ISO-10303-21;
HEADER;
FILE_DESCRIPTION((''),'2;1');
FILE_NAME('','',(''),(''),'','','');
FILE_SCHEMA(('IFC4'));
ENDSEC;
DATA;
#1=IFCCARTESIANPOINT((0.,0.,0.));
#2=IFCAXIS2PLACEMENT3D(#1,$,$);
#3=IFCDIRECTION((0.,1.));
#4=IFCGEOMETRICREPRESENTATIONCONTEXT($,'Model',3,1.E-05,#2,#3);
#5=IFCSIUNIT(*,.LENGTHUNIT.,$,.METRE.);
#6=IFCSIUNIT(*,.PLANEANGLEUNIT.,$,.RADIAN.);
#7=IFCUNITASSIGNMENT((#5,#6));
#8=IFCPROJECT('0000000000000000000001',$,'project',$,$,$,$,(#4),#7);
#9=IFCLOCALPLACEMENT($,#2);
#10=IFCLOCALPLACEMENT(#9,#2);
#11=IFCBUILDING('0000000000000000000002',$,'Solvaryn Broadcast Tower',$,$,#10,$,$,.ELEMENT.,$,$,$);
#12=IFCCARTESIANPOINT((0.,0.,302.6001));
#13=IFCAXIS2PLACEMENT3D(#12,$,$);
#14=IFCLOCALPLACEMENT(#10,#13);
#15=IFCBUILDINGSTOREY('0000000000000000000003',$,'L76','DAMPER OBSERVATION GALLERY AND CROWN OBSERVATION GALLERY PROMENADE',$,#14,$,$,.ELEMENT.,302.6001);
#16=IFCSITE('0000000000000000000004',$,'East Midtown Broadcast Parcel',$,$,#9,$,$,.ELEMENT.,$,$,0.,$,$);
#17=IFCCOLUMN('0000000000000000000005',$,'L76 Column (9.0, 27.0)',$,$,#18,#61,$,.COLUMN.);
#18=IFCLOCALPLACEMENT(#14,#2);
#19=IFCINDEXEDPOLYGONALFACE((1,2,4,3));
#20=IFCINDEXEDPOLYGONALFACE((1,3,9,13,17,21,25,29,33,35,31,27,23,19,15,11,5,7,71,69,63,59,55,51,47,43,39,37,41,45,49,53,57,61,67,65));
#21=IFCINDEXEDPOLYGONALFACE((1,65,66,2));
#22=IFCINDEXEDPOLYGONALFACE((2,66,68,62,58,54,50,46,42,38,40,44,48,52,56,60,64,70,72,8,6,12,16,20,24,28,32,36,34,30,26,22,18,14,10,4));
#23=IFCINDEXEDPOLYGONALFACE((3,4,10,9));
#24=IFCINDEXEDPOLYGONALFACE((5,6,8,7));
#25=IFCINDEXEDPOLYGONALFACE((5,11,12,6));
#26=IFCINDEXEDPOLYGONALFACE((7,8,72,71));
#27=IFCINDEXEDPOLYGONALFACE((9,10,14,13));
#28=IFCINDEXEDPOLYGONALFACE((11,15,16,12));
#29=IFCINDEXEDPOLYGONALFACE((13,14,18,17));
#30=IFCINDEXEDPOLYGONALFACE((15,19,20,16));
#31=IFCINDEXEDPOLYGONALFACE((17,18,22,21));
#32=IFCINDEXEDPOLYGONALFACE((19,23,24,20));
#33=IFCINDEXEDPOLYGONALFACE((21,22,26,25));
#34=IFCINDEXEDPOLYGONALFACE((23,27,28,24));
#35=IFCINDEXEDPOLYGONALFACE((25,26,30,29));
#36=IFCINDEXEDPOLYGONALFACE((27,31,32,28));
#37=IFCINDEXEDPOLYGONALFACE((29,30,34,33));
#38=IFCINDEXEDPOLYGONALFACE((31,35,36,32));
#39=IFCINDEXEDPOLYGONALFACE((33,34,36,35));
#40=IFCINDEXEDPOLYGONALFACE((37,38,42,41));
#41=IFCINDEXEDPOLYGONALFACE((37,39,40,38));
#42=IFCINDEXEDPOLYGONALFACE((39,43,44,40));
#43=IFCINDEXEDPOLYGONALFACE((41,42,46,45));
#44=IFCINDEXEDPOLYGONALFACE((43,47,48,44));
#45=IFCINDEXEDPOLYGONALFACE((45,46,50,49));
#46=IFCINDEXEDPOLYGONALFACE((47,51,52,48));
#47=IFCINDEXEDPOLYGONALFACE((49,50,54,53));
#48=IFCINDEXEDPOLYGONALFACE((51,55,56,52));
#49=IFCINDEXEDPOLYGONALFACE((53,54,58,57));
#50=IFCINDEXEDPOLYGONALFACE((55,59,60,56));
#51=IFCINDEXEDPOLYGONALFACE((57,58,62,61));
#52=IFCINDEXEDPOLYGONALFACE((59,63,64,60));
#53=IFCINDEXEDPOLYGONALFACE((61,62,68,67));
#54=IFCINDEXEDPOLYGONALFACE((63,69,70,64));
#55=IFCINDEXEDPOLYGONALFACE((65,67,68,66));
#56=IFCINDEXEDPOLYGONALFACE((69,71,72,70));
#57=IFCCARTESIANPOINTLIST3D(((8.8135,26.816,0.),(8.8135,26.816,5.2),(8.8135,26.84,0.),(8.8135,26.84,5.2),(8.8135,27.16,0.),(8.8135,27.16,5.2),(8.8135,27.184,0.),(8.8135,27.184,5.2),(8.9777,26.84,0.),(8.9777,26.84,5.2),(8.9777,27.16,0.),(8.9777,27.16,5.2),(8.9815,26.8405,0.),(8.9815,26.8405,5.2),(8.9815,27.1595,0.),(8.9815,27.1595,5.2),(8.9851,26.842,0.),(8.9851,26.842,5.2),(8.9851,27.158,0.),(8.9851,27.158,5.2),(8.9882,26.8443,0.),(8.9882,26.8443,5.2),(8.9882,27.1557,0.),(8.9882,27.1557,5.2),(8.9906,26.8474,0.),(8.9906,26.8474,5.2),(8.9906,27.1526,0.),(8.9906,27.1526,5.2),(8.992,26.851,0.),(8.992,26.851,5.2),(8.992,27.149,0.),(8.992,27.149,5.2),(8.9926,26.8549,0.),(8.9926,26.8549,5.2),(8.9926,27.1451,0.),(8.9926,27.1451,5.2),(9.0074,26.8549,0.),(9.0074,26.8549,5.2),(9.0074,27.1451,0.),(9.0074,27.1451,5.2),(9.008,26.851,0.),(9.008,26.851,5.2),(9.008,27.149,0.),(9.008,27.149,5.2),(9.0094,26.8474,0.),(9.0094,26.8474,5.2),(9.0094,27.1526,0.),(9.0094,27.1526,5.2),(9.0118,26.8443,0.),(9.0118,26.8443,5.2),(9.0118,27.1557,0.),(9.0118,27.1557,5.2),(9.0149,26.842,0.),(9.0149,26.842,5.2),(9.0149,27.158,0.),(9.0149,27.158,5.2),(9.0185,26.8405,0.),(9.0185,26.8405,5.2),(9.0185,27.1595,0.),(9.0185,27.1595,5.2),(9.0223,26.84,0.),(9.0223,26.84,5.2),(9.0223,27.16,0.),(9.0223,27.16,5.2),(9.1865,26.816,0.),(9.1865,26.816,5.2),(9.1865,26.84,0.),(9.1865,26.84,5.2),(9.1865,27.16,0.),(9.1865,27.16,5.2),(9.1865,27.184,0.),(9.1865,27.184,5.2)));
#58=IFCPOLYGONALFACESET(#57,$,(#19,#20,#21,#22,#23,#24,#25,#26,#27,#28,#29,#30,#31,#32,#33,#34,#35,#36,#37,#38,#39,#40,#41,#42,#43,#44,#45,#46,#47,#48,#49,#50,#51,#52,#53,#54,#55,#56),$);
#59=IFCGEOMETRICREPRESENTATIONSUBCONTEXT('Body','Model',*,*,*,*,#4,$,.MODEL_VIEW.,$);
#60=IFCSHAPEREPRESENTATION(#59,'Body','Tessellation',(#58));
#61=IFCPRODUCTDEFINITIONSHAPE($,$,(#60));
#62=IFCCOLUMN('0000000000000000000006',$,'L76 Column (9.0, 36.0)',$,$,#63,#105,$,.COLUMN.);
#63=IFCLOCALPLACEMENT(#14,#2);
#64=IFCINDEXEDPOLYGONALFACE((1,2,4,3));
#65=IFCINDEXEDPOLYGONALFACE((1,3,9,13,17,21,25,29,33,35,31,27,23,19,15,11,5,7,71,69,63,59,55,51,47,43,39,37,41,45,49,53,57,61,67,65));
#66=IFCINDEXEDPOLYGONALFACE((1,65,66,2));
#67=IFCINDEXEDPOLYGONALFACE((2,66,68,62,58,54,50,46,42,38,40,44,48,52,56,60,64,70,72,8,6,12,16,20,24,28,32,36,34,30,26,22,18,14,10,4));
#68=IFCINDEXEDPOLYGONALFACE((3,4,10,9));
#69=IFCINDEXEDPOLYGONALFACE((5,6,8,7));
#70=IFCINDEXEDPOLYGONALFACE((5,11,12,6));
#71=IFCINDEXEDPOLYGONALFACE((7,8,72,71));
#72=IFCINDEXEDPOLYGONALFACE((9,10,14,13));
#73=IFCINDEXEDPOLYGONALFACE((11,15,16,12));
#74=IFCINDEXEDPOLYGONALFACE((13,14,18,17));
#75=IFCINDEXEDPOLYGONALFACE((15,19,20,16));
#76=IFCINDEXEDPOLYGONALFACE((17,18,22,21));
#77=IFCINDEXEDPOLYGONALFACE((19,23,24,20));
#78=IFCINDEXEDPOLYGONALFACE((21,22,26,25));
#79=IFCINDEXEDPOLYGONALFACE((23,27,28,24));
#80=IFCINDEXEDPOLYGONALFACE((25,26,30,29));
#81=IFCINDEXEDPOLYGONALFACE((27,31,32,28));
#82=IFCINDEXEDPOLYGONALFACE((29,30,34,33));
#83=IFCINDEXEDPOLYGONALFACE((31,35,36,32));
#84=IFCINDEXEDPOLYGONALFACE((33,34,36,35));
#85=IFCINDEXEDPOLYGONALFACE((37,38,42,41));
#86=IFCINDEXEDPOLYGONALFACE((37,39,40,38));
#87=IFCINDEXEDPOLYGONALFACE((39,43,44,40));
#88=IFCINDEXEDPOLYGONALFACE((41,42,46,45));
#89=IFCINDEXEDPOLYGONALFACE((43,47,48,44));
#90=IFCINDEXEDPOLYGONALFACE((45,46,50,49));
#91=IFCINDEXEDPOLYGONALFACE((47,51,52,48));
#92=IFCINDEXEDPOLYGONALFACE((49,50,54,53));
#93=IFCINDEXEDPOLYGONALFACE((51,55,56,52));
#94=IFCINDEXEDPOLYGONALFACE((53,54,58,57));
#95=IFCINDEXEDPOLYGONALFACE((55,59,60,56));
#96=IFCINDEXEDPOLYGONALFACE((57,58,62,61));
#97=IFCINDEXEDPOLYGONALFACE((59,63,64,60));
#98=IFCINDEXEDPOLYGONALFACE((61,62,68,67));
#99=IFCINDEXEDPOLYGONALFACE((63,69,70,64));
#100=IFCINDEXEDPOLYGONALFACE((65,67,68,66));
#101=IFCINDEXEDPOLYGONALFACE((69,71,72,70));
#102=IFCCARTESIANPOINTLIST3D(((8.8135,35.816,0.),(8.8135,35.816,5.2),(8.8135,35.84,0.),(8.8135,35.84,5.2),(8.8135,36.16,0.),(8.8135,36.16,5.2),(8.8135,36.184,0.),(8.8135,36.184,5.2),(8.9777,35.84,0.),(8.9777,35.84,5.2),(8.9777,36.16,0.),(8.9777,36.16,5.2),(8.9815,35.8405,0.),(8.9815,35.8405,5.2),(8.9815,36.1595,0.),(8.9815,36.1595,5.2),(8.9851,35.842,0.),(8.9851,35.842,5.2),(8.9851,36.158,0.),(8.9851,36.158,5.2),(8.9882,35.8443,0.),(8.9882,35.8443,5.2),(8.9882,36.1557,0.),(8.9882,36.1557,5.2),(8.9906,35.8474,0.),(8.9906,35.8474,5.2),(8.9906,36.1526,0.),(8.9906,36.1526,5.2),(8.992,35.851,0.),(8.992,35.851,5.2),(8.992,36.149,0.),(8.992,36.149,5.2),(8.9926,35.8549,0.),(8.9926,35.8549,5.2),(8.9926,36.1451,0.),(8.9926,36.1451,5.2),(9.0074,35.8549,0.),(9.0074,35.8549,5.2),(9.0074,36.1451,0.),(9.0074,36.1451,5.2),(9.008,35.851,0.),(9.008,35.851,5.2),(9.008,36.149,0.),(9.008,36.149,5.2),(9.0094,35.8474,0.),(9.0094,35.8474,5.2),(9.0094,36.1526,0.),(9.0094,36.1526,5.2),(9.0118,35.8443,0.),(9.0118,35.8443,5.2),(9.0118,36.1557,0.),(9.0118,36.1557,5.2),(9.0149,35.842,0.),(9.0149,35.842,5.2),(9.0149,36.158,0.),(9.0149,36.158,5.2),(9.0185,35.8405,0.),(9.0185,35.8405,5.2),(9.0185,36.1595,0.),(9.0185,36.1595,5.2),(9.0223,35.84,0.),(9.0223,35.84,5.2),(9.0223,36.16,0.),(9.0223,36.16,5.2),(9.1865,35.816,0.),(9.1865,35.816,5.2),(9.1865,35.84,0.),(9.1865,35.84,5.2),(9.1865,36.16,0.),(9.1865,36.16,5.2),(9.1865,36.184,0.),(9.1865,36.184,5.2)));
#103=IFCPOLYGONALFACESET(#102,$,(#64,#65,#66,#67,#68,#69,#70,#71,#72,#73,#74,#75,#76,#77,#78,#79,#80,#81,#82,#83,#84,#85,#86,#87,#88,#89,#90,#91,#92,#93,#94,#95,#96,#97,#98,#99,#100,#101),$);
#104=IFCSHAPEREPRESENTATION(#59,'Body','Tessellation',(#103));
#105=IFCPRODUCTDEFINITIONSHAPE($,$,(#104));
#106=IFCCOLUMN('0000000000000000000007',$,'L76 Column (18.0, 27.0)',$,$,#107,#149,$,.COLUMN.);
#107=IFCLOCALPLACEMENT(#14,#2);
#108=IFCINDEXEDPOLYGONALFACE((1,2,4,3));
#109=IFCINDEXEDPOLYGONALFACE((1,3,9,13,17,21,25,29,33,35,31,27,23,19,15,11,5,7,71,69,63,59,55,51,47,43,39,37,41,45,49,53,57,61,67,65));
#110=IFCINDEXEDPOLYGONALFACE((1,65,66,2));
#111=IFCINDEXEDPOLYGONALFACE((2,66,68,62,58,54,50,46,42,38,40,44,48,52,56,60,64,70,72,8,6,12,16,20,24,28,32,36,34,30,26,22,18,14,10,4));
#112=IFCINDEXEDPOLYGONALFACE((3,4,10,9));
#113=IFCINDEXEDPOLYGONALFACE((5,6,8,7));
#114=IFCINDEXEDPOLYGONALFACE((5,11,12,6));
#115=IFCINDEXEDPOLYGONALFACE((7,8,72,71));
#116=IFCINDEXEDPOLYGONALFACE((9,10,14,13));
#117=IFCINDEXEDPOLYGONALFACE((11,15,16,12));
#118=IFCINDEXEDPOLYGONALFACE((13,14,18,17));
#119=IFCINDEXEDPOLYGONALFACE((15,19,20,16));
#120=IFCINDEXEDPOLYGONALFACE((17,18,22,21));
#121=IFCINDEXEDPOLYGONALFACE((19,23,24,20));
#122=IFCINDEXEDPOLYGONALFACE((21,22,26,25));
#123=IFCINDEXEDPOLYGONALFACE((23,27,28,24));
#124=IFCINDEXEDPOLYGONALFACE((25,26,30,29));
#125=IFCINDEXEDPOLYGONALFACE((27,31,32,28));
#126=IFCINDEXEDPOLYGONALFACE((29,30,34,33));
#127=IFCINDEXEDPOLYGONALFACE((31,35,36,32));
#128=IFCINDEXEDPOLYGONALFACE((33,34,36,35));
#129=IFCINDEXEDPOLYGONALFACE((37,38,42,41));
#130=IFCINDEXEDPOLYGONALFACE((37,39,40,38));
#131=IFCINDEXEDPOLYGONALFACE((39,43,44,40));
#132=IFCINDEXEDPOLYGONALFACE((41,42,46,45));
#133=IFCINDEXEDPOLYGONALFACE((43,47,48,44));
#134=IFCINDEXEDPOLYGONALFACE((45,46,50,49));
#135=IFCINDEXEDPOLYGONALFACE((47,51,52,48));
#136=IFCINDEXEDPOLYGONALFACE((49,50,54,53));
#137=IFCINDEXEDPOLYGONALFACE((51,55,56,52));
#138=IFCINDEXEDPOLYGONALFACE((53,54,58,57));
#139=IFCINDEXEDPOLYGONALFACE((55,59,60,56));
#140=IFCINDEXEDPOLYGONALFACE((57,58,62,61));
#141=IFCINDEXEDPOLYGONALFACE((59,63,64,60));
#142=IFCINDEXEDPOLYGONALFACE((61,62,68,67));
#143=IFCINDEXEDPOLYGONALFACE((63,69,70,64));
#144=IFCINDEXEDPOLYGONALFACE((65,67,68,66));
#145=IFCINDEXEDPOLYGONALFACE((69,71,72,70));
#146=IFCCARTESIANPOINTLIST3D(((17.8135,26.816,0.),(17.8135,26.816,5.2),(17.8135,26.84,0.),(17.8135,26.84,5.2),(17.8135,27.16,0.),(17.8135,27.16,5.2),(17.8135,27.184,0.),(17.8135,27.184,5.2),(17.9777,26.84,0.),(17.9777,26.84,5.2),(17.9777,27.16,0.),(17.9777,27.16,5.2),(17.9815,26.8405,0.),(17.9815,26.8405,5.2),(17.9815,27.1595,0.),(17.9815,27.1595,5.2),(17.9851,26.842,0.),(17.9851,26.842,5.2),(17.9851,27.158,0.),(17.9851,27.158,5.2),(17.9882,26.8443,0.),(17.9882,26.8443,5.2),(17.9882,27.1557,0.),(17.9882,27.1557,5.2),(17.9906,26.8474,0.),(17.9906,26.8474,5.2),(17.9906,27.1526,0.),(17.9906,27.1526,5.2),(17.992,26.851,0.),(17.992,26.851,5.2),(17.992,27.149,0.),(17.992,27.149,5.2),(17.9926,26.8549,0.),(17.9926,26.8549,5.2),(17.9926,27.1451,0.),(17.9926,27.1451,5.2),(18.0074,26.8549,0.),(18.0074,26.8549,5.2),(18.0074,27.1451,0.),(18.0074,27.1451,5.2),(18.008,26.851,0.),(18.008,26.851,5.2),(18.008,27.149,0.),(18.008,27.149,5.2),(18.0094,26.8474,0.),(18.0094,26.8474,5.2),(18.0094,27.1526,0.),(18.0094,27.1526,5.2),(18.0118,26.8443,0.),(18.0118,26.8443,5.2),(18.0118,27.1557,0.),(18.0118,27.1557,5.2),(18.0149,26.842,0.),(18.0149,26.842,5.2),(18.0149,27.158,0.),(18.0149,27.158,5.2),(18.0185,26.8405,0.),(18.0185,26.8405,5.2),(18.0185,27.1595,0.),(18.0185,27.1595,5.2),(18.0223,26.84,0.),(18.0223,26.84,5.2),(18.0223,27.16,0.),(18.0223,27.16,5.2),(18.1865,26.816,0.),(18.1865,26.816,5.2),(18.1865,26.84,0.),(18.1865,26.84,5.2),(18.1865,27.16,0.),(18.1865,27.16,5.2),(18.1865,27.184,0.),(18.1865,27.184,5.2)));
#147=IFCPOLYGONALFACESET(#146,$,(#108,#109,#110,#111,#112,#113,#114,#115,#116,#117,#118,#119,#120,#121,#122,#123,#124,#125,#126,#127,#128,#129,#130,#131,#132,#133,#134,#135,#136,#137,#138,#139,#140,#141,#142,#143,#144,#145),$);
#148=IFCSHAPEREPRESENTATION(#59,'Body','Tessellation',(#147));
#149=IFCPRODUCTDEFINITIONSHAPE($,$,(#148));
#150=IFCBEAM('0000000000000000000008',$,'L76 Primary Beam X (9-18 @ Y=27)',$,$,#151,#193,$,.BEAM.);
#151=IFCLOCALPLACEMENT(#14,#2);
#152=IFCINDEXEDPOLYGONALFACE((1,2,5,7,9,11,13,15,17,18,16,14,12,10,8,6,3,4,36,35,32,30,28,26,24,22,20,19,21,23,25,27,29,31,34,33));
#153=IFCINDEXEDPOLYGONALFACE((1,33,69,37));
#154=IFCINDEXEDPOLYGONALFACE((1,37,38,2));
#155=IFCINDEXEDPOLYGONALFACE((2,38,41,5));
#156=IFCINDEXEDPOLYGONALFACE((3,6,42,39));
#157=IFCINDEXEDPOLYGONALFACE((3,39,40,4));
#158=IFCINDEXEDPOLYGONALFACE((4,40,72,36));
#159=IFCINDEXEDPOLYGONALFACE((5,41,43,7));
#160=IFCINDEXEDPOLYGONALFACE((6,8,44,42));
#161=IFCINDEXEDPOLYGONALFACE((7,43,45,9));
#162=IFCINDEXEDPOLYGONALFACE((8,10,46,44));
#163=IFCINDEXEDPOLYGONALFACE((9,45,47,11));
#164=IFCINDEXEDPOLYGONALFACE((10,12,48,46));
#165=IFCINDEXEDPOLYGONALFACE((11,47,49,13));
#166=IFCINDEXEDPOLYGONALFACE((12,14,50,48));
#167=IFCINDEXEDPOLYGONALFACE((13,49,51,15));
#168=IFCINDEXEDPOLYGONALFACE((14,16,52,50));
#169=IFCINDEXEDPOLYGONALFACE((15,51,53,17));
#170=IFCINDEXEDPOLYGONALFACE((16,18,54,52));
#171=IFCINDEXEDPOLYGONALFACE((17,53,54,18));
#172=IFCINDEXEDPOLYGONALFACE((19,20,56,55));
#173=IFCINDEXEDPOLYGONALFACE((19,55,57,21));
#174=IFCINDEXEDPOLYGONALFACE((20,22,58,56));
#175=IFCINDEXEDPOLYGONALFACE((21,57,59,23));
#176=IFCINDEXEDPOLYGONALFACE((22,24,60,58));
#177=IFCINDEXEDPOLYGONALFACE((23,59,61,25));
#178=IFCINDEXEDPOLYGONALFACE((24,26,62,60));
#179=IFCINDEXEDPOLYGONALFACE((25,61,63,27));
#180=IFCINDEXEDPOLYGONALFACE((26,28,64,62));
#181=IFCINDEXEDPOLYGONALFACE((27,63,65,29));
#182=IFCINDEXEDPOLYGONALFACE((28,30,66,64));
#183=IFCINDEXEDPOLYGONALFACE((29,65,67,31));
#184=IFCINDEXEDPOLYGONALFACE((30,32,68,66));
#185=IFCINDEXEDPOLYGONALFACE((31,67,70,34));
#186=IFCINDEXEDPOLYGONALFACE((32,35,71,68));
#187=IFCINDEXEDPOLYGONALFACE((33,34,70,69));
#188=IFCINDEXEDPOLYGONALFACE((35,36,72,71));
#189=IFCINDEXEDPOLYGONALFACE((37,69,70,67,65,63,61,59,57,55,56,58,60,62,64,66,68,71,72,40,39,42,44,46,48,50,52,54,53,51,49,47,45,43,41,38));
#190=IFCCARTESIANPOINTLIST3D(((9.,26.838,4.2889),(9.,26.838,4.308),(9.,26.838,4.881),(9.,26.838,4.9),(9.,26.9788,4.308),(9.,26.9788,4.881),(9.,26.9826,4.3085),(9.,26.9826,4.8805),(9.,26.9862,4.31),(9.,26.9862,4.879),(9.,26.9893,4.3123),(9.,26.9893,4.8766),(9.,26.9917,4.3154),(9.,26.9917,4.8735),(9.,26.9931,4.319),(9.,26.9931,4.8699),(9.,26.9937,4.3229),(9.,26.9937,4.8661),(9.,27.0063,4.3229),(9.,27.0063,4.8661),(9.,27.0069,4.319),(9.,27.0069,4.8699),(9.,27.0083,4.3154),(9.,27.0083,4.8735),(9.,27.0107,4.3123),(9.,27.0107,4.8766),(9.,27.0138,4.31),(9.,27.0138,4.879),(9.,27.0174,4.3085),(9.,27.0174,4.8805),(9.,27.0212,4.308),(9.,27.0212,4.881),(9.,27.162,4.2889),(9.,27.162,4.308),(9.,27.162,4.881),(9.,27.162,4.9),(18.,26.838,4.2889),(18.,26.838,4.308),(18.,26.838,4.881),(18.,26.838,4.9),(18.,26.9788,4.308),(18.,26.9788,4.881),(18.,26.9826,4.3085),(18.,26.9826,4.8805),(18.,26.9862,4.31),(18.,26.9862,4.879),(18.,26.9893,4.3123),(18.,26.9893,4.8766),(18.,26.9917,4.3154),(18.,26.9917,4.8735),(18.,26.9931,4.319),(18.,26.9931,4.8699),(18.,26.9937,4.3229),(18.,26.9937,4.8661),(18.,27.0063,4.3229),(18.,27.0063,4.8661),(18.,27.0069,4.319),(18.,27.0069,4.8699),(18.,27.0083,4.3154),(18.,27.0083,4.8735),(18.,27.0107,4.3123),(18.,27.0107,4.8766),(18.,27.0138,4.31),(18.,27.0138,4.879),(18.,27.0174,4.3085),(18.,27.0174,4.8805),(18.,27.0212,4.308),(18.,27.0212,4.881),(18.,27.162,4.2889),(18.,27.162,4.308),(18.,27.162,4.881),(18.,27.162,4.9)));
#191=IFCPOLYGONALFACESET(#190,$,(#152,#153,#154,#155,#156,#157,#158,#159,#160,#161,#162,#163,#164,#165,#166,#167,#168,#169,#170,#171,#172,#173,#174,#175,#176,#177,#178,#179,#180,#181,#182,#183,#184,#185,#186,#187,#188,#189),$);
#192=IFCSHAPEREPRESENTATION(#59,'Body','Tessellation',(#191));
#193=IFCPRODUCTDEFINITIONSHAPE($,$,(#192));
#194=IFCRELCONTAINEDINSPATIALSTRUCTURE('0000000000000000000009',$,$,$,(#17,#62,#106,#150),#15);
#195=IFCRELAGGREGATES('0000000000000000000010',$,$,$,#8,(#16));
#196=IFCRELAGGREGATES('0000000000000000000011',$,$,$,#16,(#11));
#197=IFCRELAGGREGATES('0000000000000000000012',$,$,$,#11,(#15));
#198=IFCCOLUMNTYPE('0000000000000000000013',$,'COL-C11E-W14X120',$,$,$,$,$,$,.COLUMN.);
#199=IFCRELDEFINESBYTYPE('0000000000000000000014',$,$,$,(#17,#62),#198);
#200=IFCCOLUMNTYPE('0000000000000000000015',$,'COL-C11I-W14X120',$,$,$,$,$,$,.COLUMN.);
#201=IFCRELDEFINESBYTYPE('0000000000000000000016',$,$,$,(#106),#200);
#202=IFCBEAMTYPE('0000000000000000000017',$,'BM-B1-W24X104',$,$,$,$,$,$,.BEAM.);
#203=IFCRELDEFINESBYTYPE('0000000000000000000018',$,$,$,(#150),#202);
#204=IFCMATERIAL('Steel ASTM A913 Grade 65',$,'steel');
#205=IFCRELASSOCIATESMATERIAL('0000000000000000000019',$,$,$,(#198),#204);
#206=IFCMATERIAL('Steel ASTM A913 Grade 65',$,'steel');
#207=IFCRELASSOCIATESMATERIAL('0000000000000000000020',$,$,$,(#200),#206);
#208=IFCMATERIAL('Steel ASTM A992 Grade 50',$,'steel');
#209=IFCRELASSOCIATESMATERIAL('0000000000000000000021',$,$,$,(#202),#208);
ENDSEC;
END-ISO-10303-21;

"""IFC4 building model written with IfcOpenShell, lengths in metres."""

from ifc_helpers import new_model, si_unit, direction, frame, origin, origin_2d, place, context, subcontext, project, spatial, i_section, extrude, material, material_profile, profile_set, type_object, element, save


model = new_model("IFC4")

# Units and contexts
model_context = context("Model", 3, precision=1e-05, world=origin(), true_north=direction((0.0, 1.0)))
body_context = subcontext(model_context, "Body", "Model", "MODEL_VIEW")
ifc_project = project(units=[si_unit("LENGTHUNIT", "METRE"), si_unit("PLANEANGLEUNIT", "RADIAN")], contexts=[model_context])

# Site, building, storey
site_placement = place(None, origin())
site = spatial("IfcSite", under=ifc_project, at=site_placement, Name="East Midtown Broadcast Parcel", CompositionType="ELEMENT", RefElevation=0.0)
building_placement = place(site_placement, origin())
building = spatial("IfcBuilding", under=site, at=building_placement, Name="Solvaryn Broadcast Tower", CompositionType="ELEMENT")
storey_placement = place(building_placement, frame((0.0, 0.0, 302.6001)))
storey = spatial("IfcBuildingStorey", under=building, at=storey_placement, Name="L76", Description="DAMPER OBSERVATION GALLERY AND CROWN OBSERVATION GALLERY PROMENADE", CompositionType="ELEMENT", Elevation=302.6001)

# Columns
ifc_material_1 = material(Name="Steel ASTM A913 Grade 65", Category="steel")
ifc_material_profile_1 = material_profile(ifc_material_1, i_section(OverallWidth=0.373, OverallDepth=0.3679, WebThickness=0.0149, FlangeThickness=0.0239, FilletRadius=0.0149, at=origin_2d()))
ifc_profile_set_1 = profile_set([ifc_material_profile_1], Name="Steel ASTM A913 Grade 65")
column_type_1 = type_object("IfcColumnType", Name="COL-C11E-W14X120", PredefinedType="COLUMN", material=ifc_profile_set_1)
for number, where, z_axis, x_axis, name in (
    (1, (9.0, 27.0, 0.0), (0.0, 0.0, 1.0), (1.0, 0.0, 0.0), "L76 Column (9.0, 27.0)"),
    (2, (9.0, 36.0, 0.0), (0.0, 0.0, 1.0), (1.0, 0.0, 0.0), "L76 Column (9.0, 36.0)"),
):
    element("IfcColumn", number, at=place(storey_placement, frame(where, z_axis=z_axis, x_axis=x_axis)), inside=storey, type_object=column_type_1, Name=name, PredefinedType="COLUMN", context=body_context, shape_type="SweptSolid", body=[
        extrude(i_section(OverallWidth=0.373, OverallDepth=0.3679, WebThickness=0.0149, FlangeThickness=0.0239, FilletRadius=0.0149, at=origin_2d()), origin(), (0.0, 0.0, 1.0), 5.2),
    ])
ifc_material_2 = material(Name="Steel ASTM A913 Grade 65", Category="steel")
ifc_material_profile_2 = material_profile(ifc_material_2, i_section(OverallWidth=0.373, OverallDepth=0.3679, WebThickness=0.0149, FlangeThickness=0.0239, FilletRadius=0.0149, at=origin_2d()))
ifc_profile_set_2 = profile_set([ifc_material_profile_2], Name="Steel ASTM A913 Grade 65")
column_type_2 = type_object("IfcColumnType", Name="COL-C11I-W14X120", PredefinedType="COLUMN", material=ifc_profile_set_2)
column_placement = place(storey_placement, frame((18.0, 27.0, 0.0), z_axis=(0.0, 0.0, 1.0), x_axis=(1.0, 0.0, 0.0)))
element("IfcColumn", 3, at=column_placement, inside=storey, type_object=column_type_2, Name="L76 Column (18.0, 27.0)", PredefinedType="COLUMN", context=body_context, shape_type="SweptSolid", body=[
    extrude(i_section(OverallWidth=0.373, OverallDepth=0.3679, WebThickness=0.0149, FlangeThickness=0.0239, FilletRadius=0.0149, at=origin_2d()), origin(), (0.0, 0.0, 1.0), 5.2),
])

# Beam
ifc_material_3 = material(Name="Steel ASTM A992 Grade 50", Category="steel")
ifc_material_profile_3 = material_profile(ifc_material_3, i_section(OverallWidth=0.324, OverallDepth=0.6111, WebThickness=0.0127, FlangeThickness=0.019, FilletRadius=0.0149, at=origin_2d()))
ifc_profile_set_3 = profile_set([ifc_material_profile_3], Name="Steel ASTM A992 Grade 50")
beam_type_1 = type_object("IfcBeamType", Name="BM-B1-W24X104", PredefinedType="BEAM", material=ifc_profile_set_3)
for number, where, z_axis, x_axis, name in (
    (4, (9.0, 27.0, 4.5945), (1.0, 0.0, 0.0), (0.0, 1.0, 0.0), "L76 Primary Beam X (9-18 @ Y=27)"),
):
    element("IfcBeam", number, at=place(storey_placement, frame(where, z_axis=z_axis, x_axis=x_axis)), inside=storey, type_object=beam_type_1, Name=name, PredefinedType="BEAM", context=body_context, shape_type="SweptSolid", body=[
        extrude(i_section(OverallWidth=0.324, OverallDepth=0.6111, WebThickness=0.0127, FlangeThickness=0.019, FilletRadius=0.0149, at=origin_2d()), origin(), (0.0, 0.0, 1.0), 9.0),
    ])

save(model, "model.ifc")
